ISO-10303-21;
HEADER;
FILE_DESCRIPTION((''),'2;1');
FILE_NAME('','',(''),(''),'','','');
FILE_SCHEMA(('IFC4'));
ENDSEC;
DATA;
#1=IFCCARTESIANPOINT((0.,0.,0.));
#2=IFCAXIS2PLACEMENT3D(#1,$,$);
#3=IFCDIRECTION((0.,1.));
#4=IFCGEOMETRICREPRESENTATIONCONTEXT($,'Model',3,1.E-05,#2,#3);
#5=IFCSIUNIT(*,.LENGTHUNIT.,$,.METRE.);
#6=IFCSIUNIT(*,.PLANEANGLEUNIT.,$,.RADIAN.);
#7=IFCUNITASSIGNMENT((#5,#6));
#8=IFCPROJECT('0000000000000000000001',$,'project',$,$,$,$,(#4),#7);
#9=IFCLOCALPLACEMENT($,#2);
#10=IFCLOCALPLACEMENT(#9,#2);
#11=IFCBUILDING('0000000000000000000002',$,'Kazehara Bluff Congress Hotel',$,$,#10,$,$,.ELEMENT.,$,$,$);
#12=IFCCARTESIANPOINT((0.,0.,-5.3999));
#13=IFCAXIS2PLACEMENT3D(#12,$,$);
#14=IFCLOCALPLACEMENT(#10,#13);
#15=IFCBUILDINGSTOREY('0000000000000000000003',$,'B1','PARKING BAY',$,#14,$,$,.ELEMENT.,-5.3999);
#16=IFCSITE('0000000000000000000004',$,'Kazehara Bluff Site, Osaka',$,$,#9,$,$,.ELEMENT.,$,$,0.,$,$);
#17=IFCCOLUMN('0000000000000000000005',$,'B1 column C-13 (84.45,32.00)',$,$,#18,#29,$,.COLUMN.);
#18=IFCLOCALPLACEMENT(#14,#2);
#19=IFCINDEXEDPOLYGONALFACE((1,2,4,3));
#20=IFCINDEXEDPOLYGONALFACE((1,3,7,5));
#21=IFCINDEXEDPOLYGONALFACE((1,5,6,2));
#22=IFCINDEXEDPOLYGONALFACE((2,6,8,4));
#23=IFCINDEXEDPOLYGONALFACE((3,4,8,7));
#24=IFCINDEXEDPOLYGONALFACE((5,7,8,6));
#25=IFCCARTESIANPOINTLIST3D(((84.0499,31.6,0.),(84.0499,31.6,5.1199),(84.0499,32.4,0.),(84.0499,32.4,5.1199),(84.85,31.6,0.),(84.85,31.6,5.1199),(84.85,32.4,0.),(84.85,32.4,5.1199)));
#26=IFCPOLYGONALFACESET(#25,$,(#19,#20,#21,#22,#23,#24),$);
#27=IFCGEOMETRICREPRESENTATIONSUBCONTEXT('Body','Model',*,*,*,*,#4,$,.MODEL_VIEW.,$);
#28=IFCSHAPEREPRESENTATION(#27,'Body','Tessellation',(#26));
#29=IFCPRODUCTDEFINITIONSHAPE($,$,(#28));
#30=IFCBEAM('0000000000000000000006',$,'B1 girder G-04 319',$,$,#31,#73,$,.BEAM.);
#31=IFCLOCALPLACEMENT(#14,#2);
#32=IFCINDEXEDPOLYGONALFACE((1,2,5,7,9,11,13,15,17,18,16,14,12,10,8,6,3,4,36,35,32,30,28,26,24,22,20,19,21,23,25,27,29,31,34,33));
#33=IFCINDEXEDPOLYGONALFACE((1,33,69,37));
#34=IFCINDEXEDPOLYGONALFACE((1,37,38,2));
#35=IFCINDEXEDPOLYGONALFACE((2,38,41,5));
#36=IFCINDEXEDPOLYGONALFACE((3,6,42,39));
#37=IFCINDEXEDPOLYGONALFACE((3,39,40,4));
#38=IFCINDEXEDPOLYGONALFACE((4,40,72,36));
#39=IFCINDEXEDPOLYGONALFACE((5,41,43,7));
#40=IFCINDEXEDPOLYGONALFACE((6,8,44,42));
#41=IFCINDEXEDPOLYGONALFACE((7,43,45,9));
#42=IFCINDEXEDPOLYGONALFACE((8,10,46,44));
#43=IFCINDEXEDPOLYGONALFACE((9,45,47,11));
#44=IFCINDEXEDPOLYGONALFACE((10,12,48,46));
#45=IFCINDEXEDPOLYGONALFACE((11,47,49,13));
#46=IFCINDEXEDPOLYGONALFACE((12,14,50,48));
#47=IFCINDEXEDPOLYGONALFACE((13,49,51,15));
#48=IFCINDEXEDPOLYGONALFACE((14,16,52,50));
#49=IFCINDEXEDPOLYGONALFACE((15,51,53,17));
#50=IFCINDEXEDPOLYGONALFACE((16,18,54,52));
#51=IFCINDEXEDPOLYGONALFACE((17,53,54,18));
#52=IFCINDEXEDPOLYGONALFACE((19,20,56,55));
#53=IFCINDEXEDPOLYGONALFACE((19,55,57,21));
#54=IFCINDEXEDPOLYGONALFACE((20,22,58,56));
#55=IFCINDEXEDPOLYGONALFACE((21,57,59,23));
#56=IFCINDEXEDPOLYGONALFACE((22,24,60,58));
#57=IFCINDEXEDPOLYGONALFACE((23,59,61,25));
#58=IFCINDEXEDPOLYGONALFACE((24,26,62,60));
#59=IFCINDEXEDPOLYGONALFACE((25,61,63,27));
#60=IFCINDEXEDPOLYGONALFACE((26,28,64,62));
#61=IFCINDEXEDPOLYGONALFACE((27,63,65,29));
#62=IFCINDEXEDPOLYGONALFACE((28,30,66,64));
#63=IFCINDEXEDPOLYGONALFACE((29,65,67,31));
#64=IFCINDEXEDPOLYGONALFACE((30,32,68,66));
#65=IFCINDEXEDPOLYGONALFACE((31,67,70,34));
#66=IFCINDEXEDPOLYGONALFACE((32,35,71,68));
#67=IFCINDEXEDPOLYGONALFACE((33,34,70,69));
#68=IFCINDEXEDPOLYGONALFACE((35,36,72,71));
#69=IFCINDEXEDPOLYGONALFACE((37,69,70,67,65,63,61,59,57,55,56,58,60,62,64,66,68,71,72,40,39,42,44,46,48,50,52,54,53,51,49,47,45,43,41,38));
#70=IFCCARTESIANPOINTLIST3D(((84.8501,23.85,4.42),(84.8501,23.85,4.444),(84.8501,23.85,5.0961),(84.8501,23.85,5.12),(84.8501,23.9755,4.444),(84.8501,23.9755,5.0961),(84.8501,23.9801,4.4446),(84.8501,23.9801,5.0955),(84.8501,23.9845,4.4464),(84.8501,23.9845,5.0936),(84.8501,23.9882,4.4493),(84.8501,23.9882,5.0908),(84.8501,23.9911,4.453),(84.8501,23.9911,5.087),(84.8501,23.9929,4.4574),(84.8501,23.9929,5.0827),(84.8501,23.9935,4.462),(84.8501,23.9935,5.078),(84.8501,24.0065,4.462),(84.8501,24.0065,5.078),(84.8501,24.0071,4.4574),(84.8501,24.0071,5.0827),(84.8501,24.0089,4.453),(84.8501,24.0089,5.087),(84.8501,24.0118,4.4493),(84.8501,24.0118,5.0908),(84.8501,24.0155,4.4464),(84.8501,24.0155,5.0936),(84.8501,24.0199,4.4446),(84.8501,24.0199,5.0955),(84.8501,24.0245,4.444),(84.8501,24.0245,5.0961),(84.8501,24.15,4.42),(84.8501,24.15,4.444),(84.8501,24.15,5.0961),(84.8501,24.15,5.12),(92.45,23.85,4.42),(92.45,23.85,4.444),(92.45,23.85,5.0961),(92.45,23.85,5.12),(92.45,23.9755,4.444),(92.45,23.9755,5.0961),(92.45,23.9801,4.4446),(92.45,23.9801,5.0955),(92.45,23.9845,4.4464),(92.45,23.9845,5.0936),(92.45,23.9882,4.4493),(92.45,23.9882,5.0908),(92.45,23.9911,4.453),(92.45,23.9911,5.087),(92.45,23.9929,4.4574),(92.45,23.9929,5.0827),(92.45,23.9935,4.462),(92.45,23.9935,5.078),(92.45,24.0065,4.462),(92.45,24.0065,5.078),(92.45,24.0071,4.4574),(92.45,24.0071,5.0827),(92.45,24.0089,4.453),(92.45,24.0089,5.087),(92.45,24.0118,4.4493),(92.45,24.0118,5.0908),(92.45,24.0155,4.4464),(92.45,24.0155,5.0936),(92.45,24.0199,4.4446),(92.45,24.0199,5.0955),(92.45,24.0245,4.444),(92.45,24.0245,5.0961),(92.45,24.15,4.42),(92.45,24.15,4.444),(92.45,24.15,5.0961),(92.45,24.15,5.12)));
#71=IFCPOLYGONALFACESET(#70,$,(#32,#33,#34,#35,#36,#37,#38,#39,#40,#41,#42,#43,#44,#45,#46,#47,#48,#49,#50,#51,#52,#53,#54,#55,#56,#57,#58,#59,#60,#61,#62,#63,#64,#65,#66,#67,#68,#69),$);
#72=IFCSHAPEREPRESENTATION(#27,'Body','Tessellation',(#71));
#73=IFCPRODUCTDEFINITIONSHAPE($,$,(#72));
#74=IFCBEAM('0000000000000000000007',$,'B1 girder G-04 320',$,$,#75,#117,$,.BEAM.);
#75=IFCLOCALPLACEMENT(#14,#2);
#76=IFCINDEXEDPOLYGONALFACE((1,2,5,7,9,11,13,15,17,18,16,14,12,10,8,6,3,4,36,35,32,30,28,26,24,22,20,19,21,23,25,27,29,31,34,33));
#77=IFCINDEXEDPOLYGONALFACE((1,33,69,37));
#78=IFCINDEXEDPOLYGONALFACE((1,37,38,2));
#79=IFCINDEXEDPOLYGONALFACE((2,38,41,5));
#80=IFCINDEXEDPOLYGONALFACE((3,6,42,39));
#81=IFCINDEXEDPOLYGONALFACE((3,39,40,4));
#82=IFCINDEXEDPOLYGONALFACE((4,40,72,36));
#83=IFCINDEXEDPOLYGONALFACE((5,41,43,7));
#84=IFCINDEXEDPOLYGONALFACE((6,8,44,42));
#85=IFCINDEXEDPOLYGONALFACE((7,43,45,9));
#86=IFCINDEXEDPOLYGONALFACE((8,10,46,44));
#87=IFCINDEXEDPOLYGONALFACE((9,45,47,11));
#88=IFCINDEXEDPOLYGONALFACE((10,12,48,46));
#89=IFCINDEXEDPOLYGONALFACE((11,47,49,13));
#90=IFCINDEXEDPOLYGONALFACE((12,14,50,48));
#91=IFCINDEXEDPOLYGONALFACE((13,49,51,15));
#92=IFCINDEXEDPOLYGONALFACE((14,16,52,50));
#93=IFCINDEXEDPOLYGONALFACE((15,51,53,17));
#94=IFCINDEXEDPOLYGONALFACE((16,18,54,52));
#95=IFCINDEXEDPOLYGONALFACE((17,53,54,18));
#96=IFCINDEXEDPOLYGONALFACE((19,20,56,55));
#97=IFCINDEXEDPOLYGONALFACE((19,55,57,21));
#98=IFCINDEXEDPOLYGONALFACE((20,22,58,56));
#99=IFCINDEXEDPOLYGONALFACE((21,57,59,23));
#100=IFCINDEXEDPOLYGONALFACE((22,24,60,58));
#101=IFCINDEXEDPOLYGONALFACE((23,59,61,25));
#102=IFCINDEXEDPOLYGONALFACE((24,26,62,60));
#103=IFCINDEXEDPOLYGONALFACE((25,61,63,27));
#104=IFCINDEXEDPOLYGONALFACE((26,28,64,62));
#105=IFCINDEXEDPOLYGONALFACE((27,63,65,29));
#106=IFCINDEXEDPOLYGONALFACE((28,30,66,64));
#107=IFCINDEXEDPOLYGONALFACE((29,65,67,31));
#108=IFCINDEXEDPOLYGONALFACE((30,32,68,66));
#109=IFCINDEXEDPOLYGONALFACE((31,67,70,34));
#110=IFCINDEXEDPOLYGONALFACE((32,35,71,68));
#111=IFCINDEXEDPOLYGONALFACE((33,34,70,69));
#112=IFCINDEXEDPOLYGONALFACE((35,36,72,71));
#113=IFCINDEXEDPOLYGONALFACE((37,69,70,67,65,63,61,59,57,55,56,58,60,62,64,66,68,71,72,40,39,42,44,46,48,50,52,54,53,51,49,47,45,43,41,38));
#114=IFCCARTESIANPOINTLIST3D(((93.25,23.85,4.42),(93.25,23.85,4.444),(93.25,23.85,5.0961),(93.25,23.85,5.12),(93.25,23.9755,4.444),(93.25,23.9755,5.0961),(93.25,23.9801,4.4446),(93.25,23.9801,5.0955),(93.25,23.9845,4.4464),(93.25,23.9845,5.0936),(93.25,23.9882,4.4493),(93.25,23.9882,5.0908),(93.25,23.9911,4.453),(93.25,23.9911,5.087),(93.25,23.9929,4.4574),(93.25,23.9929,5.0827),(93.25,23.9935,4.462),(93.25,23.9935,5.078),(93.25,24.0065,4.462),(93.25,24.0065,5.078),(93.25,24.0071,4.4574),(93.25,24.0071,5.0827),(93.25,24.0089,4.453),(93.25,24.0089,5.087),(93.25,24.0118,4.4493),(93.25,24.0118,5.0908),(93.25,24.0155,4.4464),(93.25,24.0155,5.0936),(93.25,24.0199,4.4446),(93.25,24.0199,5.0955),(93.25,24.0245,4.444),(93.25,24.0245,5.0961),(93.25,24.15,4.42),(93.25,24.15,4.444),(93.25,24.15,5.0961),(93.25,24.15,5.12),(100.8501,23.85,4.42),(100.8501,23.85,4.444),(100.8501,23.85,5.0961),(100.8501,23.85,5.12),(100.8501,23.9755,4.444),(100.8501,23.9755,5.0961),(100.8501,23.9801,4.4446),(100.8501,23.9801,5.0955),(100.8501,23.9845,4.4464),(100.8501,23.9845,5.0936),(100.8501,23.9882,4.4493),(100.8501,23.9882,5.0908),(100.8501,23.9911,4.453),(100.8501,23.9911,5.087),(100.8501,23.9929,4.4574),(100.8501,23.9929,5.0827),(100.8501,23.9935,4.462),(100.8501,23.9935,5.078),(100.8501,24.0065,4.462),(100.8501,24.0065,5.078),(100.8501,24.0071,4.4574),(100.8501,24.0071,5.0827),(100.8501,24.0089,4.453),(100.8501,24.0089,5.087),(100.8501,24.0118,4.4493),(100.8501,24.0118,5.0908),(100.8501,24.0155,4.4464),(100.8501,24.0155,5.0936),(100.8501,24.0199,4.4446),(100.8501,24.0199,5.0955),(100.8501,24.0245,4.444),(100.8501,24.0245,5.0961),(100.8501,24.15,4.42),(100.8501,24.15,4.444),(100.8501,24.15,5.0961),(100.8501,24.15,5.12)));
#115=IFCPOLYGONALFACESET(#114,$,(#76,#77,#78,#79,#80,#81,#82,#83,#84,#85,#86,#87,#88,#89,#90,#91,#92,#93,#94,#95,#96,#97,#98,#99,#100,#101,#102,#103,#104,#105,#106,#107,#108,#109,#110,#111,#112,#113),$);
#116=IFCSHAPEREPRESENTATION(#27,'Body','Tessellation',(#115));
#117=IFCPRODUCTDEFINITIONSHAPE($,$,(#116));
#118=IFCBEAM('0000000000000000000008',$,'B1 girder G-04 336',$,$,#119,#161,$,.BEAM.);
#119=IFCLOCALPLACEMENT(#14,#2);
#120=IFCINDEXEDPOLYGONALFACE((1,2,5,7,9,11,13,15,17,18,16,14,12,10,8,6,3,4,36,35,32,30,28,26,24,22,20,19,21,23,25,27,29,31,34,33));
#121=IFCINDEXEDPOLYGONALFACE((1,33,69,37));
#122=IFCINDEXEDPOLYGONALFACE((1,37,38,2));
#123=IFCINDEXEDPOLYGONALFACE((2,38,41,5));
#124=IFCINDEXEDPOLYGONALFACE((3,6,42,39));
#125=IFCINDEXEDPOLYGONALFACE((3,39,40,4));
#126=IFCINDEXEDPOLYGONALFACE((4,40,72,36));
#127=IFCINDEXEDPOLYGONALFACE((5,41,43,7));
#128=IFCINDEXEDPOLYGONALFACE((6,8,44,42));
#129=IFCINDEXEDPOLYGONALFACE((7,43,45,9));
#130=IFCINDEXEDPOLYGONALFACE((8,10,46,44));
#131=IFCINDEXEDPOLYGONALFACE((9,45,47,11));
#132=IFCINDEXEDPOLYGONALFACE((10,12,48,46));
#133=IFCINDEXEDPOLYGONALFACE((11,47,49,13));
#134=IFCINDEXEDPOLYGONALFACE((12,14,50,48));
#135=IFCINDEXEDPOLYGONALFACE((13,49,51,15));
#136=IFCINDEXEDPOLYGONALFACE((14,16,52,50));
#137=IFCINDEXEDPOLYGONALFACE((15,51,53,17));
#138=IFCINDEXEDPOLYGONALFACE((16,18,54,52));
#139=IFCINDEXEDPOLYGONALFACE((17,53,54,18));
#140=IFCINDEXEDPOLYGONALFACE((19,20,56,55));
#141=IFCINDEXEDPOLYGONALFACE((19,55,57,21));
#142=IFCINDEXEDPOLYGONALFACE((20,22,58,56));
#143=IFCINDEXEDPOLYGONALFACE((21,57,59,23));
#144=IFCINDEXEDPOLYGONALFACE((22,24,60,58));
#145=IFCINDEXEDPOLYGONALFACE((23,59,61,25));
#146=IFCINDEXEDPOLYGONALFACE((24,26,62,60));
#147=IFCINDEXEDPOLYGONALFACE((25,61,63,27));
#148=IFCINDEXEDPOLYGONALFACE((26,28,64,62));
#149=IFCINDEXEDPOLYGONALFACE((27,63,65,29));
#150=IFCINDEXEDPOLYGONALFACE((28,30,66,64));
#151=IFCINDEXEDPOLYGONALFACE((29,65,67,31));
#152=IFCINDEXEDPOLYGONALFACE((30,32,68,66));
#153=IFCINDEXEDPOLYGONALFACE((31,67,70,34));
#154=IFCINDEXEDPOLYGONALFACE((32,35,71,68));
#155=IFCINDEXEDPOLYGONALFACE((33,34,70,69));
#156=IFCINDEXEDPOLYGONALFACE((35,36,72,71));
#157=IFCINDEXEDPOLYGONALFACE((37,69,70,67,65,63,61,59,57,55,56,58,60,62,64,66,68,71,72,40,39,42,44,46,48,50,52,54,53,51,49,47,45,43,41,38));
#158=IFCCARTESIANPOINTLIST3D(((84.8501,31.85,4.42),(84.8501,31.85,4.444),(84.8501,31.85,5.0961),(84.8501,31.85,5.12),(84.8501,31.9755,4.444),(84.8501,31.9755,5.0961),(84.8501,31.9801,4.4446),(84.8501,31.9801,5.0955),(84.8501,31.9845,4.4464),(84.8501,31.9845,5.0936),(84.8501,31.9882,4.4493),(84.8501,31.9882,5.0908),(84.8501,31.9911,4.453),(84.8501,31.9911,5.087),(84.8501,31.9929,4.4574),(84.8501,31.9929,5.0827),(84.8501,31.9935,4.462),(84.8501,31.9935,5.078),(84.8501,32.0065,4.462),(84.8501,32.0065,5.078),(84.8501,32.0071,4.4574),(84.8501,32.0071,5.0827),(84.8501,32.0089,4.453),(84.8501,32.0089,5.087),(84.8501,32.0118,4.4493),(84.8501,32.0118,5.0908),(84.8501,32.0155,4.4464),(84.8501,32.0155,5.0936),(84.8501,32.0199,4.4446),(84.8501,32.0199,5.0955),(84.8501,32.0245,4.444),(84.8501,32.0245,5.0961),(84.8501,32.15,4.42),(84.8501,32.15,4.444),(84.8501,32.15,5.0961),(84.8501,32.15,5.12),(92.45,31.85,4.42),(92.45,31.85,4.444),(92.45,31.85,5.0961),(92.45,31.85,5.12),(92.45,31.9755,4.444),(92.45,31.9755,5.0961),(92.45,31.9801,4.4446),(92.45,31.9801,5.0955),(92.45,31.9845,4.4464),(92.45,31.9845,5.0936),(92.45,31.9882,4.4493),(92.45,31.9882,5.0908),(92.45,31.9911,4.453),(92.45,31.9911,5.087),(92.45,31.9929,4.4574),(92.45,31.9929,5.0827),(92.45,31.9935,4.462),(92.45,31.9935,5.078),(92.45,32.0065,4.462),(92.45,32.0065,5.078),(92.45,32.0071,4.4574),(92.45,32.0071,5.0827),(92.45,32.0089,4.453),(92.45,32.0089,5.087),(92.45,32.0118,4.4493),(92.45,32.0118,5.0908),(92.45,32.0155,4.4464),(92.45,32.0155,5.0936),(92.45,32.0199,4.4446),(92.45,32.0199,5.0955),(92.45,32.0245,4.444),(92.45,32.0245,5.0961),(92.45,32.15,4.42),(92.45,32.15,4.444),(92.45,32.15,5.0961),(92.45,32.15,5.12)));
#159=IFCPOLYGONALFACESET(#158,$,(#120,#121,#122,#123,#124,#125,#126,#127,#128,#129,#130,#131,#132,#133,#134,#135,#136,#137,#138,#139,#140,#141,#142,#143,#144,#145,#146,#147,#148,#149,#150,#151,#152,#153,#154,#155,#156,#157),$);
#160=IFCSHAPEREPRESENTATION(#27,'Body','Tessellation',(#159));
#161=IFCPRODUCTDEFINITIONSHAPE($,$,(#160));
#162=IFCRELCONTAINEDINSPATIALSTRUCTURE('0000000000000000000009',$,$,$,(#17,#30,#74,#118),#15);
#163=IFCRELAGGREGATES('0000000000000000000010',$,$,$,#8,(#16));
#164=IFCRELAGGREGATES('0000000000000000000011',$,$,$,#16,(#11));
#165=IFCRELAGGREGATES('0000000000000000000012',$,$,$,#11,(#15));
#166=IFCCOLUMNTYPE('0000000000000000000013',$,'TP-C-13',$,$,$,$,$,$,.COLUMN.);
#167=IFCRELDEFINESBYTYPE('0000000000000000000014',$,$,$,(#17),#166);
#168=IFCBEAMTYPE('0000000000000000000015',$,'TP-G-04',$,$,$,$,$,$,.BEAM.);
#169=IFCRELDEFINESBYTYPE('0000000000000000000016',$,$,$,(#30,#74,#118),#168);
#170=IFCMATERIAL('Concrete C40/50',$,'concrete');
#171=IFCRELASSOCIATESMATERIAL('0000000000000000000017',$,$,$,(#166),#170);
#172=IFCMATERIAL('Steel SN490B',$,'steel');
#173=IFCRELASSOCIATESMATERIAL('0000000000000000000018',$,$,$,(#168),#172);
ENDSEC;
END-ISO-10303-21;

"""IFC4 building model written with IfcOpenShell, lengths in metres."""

from ifc_helpers import new_model, si_unit, direction, frame, origin, origin_2d, place, context, subcontext, project, spatial, rectangle, i_section, extrude, material, material_profile, profile_set, type_object, element, save


model = new_model("IFC4")

# Units and contexts
model_context = context("Model", 3, precision=1e-05, world=origin(), true_north=direction((0.0, 1.0)))
body_context = subcontext(model_context, "Body", "Model", "MODEL_VIEW")
ifc_project = project(units=[si_unit("LENGTHUNIT", "METRE"), si_unit("PLANEANGLEUNIT", "RADIAN")], contexts=[model_context])

# Site, building, storey
site_placement = place(None, origin())
site = spatial("IfcSite", under=ifc_project, at=site_placement, Name="Kazehara Bluff Site, Osaka", CompositionType="ELEMENT", RefElevation=0.0)
building_placement = place(site_placement, origin())
building = spatial("IfcBuilding", under=site, at=building_placement, Name="Kazehara Bluff Congress Hotel", CompositionType="ELEMENT")
storey_placement = place(building_placement, frame((0.0, 0.0, -5.3999)))
storey = spatial("IfcBuildingStorey", under=building, at=storey_placement, Name="B1", Description="PARKING BAY", CompositionType="ELEMENT", Elevation=-5.3999)

# Column
ifc_material_1 = material(Name="Concrete C40/50", Category="concrete")
ifc_material_profile_1 = material_profile(ifc_material_1, rectangle(XDim=0.8, YDim=0.8, at=origin_2d()))
ifc_profile_set_1 = profile_set([ifc_material_profile_1], Name="Concrete C40/50")
column_type_1 = type_object("IfcColumnType", Name="TP-C-13", PredefinedType="COLUMN", material=ifc_profile_set_1)
column_placement = place(storey_placement, frame((84.45, 32.0, 0.0), z_axis=(0.0, 0.0, 1.0), x_axis=(1.0, 0.0, 0.0)))
element("IfcColumn", 1, at=column_placement, inside=storey, type_object=column_type_1, Name="B1 column C-13 (84.45,32.00)", PredefinedType="COLUMN", context=body_context, shape_type="SweptSolid", body=[
    extrude(rectangle(XDim=0.8, YDim=0.8, at=origin_2d()), origin(), (0.0, 0.0, 1.0), 5.1199),
])

# Beams
ifc_material_2 = material(Name="Steel SN490B", Category="steel")
ifc_material_profile_2 = material_profile(ifc_material_2, i_section(OverallWidth=0.3, OverallDepth=0.7, WebThickness=0.0129, FlangeThickness=0.0239, FilletRadius=0.0181, at=origin_2d()))
ifc_profile_set_2 = profile_set([ifc_material_profile_2], Name="Steel SN490B")
beam_type_1 = type_object("IfcBeamType", Name="TP-G-04", PredefinedType="BEAM", material=ifc_profile_set_2)
beam_1_placement = place(storey_placement, frame((84.8501, 24.0, 4.77), z_axis=(1.0, 0.0, 0.0), x_axis=(0.0, 1.0, 0.0)))
element("IfcBeam", 2, at=beam_1_placement, inside=storey, type_object=beam_type_1, Name="B1 girder G-04 319", PredefinedType="BEAM", context=body_context, shape_type="SweptSolid", body=[
    extrude(i_section(OverallWidth=0.3, OverallDepth=0.7, WebThickness=0.0129, FlangeThickness=0.0239, FilletRadius=0.0181, at=origin_2d()), origin(), (0.0, 0.0, 1.0), 7.5999),
])
beam_2_placement = place(storey_placement, frame((93.25, 24.0, 4.77), z_axis=(1.0, 0.0, 0.0), x_axis=(0.0, 1.0, 0.0)))
element("IfcBeam", 3, at=beam_2_placement, inside=storey, type_object=beam_type_1, Name="B1 girder G-04 320", PredefinedType="BEAM", context=body_context, shape_type="SweptSolid", body=[
    extrude(i_section(OverallWidth=0.3, OverallDepth=0.7, WebThickness=0.0129, FlangeThickness=0.0239, FilletRadius=0.0181, at=origin_2d()), origin(), (0.0, 0.0, 1.0), 7.6001),
])
beam_3_placement = place(storey_placement, frame((84.8501, 32.0, 4.77), z_axis=(1.0, 0.0, 0.0), x_axis=(0.0, 1.0, 0.0)))
element("IfcBeam", 4, at=beam_3_placement, inside=storey, type_object=beam_type_1, Name="B1 girder G-04 336", PredefinedType="BEAM", context=body_context, shape_type="SweptSolid", body=[
    extrude(i_section(OverallWidth=0.3, OverallDepth=0.7, WebThickness=0.0129, FlangeThickness=0.0239, FilletRadius=0.0181, at=origin_2d()), origin(), (0.0, 0.0, 1.0), 7.5999),
])

save(model, "model.ifc")
